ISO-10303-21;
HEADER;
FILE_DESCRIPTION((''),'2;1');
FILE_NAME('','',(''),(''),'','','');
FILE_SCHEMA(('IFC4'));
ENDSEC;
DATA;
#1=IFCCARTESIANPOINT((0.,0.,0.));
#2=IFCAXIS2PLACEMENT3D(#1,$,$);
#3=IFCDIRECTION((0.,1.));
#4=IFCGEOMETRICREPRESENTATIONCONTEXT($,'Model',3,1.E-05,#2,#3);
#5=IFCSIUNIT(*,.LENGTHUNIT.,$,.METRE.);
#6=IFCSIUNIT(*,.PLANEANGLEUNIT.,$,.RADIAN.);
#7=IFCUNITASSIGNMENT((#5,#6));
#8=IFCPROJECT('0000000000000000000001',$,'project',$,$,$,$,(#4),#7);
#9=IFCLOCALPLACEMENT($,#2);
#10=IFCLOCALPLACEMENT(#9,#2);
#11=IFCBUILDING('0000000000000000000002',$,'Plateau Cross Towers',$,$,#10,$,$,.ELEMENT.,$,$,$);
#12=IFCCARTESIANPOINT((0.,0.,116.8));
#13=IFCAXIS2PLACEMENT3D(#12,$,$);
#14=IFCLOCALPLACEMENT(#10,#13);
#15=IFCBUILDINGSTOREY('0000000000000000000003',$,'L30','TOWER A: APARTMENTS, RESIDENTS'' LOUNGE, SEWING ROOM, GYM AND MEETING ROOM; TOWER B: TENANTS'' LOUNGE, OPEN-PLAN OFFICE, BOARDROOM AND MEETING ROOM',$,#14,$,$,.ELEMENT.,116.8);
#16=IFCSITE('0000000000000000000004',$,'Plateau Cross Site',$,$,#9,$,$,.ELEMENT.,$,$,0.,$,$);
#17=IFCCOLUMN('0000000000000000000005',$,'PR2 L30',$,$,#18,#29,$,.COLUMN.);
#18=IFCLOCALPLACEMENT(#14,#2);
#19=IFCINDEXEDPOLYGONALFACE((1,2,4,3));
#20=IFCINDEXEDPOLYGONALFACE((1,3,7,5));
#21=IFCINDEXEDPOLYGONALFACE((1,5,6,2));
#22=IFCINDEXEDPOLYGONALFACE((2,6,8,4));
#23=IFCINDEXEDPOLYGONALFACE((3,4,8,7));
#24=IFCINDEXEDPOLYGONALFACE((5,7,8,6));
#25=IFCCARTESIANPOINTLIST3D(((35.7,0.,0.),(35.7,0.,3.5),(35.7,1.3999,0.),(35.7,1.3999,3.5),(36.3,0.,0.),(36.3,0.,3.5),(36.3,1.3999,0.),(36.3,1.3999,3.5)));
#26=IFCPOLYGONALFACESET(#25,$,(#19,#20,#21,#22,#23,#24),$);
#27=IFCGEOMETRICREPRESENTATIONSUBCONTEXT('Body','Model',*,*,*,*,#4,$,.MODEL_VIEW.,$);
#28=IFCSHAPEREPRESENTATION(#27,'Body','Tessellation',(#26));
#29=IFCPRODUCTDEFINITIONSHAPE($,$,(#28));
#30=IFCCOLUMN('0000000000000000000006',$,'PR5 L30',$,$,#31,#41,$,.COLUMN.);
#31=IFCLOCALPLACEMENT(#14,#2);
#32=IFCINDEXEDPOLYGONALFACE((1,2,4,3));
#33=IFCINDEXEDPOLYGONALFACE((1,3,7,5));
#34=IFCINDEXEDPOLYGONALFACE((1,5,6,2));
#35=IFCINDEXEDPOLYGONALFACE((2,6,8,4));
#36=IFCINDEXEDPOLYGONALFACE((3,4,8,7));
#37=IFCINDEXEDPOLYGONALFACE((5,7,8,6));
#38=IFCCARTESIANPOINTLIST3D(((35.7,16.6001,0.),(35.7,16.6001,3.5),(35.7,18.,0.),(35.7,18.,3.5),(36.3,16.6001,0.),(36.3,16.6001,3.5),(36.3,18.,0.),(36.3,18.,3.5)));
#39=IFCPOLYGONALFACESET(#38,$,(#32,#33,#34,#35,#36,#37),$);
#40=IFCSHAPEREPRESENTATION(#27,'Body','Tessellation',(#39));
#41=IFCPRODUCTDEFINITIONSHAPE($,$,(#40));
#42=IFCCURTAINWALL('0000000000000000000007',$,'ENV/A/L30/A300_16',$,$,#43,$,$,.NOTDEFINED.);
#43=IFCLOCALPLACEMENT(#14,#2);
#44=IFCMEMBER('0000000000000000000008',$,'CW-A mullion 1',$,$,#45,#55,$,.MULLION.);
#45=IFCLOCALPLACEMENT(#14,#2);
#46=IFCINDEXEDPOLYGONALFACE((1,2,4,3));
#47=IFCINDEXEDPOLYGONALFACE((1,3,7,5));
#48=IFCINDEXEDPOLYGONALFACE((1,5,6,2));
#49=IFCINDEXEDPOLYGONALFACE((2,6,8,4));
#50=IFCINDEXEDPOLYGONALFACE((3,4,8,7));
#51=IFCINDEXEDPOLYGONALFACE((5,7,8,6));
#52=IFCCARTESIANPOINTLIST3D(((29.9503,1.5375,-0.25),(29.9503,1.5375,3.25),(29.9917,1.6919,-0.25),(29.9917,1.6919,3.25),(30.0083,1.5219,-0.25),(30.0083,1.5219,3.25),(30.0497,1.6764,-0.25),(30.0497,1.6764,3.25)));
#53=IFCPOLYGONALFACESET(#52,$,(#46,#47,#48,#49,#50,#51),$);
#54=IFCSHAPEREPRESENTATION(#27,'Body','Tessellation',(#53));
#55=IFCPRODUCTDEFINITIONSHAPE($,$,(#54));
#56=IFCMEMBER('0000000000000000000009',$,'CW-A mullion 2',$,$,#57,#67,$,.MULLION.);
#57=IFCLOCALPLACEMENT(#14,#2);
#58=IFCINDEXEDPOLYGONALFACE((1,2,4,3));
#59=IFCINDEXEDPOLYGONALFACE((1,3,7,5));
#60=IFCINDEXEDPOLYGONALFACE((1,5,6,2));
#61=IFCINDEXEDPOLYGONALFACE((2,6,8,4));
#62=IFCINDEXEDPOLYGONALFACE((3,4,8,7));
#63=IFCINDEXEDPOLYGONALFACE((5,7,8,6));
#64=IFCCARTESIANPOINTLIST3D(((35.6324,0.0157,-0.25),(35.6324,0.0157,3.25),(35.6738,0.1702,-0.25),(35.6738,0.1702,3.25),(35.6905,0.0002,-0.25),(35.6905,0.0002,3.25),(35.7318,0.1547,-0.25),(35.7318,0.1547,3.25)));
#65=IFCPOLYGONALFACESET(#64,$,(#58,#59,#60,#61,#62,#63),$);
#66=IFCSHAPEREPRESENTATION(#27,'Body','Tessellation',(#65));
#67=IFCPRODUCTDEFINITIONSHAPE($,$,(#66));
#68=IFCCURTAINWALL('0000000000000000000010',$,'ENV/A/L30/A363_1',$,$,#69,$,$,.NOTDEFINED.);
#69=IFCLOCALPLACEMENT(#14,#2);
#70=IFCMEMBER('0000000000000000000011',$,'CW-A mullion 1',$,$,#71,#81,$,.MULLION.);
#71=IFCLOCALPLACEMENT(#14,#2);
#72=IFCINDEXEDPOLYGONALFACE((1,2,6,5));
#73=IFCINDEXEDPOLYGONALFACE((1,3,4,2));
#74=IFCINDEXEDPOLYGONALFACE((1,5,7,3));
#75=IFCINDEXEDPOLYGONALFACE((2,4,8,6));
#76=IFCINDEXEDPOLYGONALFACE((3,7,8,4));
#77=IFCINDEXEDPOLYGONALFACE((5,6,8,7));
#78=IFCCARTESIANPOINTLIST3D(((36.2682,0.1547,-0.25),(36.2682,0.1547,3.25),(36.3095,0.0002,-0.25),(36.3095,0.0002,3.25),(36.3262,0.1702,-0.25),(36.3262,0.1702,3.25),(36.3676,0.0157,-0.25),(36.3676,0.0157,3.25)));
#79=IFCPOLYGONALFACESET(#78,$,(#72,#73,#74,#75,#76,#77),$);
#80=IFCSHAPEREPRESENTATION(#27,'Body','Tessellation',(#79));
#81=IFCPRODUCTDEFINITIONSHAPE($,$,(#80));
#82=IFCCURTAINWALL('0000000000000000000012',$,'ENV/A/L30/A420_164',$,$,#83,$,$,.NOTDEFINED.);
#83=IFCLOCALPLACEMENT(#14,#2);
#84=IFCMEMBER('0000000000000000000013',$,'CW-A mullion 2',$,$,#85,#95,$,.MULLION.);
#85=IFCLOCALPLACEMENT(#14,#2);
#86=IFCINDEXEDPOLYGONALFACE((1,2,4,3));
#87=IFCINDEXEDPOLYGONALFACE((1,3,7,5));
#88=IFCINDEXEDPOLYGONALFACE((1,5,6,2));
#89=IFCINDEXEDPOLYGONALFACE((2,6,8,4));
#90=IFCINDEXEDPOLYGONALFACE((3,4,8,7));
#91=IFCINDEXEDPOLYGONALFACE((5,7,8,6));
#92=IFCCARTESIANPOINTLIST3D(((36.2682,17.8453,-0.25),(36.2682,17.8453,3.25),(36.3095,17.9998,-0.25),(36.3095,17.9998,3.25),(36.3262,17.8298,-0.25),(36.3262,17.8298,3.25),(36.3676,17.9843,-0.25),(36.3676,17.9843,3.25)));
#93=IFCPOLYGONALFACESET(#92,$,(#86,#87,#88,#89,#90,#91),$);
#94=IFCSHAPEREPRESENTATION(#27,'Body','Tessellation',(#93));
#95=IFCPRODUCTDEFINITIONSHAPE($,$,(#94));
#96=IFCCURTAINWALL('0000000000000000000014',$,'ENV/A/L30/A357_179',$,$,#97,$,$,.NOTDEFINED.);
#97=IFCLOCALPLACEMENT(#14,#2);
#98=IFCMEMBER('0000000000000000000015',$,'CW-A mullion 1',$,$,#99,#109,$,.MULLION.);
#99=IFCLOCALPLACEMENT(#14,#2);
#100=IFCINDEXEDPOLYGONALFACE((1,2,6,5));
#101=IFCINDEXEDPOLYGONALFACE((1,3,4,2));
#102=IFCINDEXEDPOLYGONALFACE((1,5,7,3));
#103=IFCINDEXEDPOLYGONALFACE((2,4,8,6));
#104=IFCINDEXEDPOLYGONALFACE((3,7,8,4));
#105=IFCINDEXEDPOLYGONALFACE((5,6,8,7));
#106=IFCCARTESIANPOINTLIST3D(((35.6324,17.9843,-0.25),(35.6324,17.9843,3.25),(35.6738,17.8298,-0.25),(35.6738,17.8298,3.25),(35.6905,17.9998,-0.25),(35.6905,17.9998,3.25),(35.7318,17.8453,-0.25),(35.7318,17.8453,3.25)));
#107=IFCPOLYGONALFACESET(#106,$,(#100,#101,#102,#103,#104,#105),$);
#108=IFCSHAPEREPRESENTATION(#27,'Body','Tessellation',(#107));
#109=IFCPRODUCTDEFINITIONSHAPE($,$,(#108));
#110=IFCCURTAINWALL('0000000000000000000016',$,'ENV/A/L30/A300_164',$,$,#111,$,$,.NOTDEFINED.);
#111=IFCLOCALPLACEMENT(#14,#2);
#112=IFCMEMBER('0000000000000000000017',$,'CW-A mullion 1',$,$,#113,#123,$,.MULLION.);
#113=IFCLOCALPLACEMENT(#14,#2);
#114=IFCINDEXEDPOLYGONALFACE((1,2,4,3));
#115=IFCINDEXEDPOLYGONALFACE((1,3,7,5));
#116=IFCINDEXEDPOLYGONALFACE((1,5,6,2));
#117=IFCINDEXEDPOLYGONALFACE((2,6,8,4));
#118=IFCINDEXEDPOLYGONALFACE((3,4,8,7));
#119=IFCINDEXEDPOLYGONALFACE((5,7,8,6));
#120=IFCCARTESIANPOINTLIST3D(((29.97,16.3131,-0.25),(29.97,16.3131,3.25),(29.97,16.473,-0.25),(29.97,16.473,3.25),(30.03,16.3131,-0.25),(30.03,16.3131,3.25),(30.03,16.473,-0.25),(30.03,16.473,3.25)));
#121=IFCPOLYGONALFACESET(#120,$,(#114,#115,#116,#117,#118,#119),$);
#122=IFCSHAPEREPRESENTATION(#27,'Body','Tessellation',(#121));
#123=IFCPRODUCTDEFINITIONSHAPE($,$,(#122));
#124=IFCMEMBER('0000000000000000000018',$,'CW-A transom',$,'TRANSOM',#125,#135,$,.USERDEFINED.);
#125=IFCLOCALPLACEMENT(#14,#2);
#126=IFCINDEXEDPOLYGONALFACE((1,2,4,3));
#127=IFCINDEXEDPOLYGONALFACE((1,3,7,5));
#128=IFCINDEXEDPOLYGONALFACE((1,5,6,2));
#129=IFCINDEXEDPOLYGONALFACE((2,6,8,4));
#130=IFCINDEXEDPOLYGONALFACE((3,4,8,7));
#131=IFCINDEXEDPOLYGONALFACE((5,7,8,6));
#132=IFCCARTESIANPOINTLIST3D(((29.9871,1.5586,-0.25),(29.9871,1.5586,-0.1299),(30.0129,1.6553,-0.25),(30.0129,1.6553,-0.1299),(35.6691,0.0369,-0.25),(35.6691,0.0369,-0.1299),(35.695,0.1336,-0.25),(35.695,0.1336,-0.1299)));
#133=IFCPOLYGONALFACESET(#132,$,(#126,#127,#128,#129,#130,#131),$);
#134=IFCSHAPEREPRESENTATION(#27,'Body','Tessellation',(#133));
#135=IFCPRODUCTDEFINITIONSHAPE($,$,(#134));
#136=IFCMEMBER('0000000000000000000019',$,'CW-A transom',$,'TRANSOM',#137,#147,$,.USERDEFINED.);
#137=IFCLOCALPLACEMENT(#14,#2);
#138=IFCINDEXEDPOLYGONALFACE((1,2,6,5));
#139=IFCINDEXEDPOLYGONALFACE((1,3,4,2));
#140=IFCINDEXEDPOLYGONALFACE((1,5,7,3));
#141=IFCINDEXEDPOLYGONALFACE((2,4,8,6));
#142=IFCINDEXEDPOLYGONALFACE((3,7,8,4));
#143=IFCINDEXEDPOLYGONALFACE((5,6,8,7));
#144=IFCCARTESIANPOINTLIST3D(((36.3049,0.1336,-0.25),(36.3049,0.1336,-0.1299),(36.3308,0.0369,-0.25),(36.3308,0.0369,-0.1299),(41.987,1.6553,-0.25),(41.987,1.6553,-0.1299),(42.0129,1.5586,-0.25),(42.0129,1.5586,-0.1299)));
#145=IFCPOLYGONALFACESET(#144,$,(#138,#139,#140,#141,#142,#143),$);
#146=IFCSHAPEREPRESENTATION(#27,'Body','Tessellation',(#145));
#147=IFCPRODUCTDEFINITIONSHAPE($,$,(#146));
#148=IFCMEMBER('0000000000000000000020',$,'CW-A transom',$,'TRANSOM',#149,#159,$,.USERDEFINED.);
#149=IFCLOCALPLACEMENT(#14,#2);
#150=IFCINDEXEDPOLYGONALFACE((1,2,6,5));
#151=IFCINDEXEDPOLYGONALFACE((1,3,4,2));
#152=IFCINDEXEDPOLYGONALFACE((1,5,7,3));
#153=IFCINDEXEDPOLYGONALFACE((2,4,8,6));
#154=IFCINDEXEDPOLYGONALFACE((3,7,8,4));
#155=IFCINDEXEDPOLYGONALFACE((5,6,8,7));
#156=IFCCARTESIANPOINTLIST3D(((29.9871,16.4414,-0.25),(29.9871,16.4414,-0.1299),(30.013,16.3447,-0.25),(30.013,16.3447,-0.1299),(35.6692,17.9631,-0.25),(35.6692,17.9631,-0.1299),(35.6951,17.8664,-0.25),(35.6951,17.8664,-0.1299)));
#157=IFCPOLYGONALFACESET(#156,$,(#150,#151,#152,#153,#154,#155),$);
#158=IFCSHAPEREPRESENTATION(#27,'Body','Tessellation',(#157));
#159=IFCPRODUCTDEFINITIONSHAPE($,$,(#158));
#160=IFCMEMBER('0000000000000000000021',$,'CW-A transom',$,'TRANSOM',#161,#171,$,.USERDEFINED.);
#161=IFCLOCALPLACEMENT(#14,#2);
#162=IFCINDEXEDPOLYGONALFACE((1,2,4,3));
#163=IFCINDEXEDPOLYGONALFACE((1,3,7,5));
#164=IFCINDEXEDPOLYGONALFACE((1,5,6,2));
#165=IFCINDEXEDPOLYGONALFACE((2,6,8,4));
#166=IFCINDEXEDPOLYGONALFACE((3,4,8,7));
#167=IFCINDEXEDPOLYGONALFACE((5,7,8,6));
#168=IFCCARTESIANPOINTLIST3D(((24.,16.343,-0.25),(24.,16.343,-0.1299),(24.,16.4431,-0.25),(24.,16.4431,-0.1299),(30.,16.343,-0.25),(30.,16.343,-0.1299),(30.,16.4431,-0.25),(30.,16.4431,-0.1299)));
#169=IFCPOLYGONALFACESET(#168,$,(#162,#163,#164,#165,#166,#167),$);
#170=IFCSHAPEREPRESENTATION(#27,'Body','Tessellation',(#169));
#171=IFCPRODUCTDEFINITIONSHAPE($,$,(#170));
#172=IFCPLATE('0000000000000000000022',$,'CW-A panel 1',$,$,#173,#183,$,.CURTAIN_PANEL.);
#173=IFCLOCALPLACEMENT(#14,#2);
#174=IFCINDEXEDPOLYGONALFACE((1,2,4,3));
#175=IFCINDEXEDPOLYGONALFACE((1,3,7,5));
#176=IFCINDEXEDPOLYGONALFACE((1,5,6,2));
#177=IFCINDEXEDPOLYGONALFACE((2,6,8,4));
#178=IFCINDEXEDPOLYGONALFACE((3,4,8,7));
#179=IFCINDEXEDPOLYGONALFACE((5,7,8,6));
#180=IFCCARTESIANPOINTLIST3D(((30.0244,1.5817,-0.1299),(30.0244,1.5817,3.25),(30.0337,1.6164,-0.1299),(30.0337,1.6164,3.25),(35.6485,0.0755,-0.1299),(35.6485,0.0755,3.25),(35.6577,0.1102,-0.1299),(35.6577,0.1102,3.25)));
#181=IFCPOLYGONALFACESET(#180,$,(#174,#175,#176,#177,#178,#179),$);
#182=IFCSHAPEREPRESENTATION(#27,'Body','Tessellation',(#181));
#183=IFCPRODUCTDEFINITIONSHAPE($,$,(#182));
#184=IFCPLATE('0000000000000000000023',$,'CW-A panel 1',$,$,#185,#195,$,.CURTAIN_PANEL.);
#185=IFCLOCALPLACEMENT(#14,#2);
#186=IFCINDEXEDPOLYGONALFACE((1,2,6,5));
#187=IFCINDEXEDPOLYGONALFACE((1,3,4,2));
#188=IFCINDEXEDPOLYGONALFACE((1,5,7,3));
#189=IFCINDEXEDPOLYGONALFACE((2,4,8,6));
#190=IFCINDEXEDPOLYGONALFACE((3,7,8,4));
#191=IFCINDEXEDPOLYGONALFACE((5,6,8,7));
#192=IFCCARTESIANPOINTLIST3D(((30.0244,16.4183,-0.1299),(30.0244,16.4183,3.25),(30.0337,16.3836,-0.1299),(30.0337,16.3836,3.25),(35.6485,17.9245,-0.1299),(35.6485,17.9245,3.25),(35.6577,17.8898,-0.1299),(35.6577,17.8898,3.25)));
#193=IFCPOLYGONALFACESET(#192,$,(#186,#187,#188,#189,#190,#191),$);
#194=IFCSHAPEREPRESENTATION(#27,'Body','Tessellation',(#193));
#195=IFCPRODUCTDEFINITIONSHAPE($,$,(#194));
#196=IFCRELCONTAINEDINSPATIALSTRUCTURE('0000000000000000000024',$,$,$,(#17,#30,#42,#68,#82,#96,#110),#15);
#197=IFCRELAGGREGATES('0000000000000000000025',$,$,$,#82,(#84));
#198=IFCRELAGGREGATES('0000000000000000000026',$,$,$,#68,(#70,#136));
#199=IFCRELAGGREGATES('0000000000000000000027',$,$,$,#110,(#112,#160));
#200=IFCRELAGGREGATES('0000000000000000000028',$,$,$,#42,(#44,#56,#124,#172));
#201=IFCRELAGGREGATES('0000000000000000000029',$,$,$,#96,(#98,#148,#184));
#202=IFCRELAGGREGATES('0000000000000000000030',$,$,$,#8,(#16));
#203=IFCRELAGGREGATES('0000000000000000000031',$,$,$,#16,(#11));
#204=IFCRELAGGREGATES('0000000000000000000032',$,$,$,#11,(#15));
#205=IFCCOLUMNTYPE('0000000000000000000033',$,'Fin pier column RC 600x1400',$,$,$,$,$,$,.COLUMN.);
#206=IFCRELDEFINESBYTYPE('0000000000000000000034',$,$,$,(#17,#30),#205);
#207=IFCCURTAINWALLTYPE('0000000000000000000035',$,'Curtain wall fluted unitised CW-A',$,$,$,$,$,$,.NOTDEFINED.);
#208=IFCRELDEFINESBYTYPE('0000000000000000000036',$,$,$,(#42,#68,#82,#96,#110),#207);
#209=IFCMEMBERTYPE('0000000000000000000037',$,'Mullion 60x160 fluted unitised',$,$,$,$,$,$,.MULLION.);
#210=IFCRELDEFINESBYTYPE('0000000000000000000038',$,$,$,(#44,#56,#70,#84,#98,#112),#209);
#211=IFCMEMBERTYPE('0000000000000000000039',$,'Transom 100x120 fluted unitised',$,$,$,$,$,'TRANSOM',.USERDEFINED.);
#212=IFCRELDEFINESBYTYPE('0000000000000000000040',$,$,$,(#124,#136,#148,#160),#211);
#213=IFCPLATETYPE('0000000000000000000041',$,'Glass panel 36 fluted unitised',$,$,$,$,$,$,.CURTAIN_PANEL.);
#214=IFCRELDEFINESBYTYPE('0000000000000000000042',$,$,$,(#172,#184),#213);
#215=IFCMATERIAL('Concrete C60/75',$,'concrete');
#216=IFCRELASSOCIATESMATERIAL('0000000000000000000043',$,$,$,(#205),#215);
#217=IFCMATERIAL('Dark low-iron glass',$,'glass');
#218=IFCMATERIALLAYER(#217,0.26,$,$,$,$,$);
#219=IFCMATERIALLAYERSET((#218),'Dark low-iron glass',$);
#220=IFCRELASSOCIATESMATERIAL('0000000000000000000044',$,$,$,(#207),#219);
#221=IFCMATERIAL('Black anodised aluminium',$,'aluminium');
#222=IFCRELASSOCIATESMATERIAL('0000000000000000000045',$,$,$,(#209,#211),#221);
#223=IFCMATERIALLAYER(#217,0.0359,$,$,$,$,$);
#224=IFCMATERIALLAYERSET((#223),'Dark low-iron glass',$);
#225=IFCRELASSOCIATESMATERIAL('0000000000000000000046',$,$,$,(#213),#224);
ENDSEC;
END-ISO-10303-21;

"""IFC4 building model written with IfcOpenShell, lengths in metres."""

from ifc_helpers import new_model, si_unit, direction, frame, origin, origin_2d, place, context, subcontext, project, spatial, rectangle, extrude, material, layer, layer_set, material_profile, profile_set, type_object, element, aggregate, save


model = new_model("IFC4")

# Units and contexts
model_context = context("Model", 3, precision=1e-05, world=origin(), true_north=direction((0.0, 1.0)))
body_context = subcontext(model_context, "Body", "Model", "MODEL_VIEW")
ifc_project = project(units=[si_unit("LENGTHUNIT", "METRE"), si_unit("PLANEANGLEUNIT", "RADIAN")], contexts=[model_context])

# Site, building, storey
site_placement = place(None, origin())
site = spatial("IfcSite", under=ifc_project, at=site_placement, Name="Plateau Cross Site", CompositionType="ELEMENT", RefElevation=0.0)
building_placement = place(site_placement, origin())
building = spatial("IfcBuilding", under=site, at=building_placement, Name="Plateau Cross Towers", CompositionType="ELEMENT")
storey_placement = place(building_placement, frame((0.0, 0.0, 116.8)))
storey = spatial("IfcBuildingStorey", under=building, at=storey_placement, Name="L30", Description="TOWER A: APARTMENTS, RESIDENTS' LOUNGE, SEWING ROOM, GYM AND MEETING ROOM; TOWER B: TENANTS' LOUNGE, OPEN-PLAN OFFICE, BOARDROOM AND MEETING ROOM", CompositionType="ELEMENT", Elevation=116.8)

# Columns
ifc_material_1 = material(Name="Concrete C60/75", Category="concrete")
ifc_material_profile_1 = material_profile(ifc_material_1, rectangle(XDim=0.6001, YDim=1.3999, at=origin_2d()), Name="RC 600x1400")
ifc_profile_set_1 = profile_set([ifc_material_profile_1], Name="Concrete C60/75")
column_type = type_object("IfcColumnType", Name="Fin pier column RC 600x1400", PredefinedType="COLUMN", material=ifc_profile_set_1)
for number, where, z_axis, x_axis, name in (
    (1, (36.0, 0.7, 0.0), (0.0, 0.0, 1.0), (1.0, 0.0, 0.0), "PR2 L30"),
    (2, (36.0, 17.3, 0.0), (0.0, 0.0, 1.0), (1.0, 0.0, 0.0), "PR5 L30"),
):
    element("IfcColumn", number, at=place(storey_placement, frame(where, z_axis=z_axis, x_axis=x_axis)), inside=storey, type_object=column_type, Name=name, PredefinedType="COLUMN", context=body_context, shape_type="SweptSolid", body=[
        extrude(rectangle(XDim=0.6001, YDim=1.3999, at=origin_2d()), origin(), (0.0, 0.0, 1.0), 3.5),
    ])

# Curtain wall, members
ifc_material_2 = material(Name="Dark low-iron glass", Category="glass")
ifc_layer_1 = layer(ifc_material_2, 0.26)
ifc_layer_set_1 = layer_set([ifc_layer_1], Name="Dark low-iron glass")
curtain_wall_type = type_object("IfcCurtainWallType", Name="Curtain wall fluted unitised CW-A", PredefinedType="NOTDEFINED", material=ifc_layer_set_1)
curtain_wall_1_placement = place(storey_placement, origin())
curtain_wall_1 = element("IfcCurtainWall", 3, at=curtain_wall_1_placement, inside=storey, type_object=curtain_wall_type, Name="ENV/A/L30/A300_16", PredefinedType="NOTDEFINED")
ifc_material_3 = material(Name="Black anodised aluminium", Category="aluminium")
ifc_material_profile_2 = material_profile(ifc_material_3, rectangle(XDim=0.0601, YDim=0.1599, at=origin_2d()), Name="MULLION 60x160")
ifc_profile_set_2 = profile_set([ifc_material_profile_2], Name="Black anodised aluminium")
member_type_1 = type_object("IfcMemberType", Name="Mullion 60x160 fluted unitised", PredefinedType="MULLION", material=ifc_profile_set_2)
member_1_placement = place(storey_placement, frame((30.0, 1.6069, -0.25), z_axis=(0.0, 0.0, 1.0), x_axis=(0.965958, -0.258699, 0.0)))
member_1 = element("IfcMember", 4, at=member_1_placement, type_object=member_type_1, Name="CW-A mullion 1", PredefinedType="MULLION", context=body_context, shape_type="SweptSolid", body=[
    extrude(rectangle(XDim=0.0601, YDim=0.1599, at=origin_2d()), origin(), (0.0, 0.0, 1.0), 3.5),
])
member_2_placement = place(storey_placement, frame((35.6821, 0.0852, -0.25), z_axis=(0.0, 0.0, 1.0), x_axis=(0.965958, -0.258699, 0.0)))
member_2 = element("IfcMember", 5, at=member_2_placement, type_object=member_type_1, Name="CW-A mullion 2", PredefinedType="MULLION", context=body_context, shape_type="SweptSolid", body=[
    extrude(rectangle(XDim=0.0601, YDim=0.1599, at=origin_2d()), origin(), (0.0, 0.0, 1.0), 3.5),
])

# Curtain walls, members
curtain_wall_2_placement = place(storey_placement, origin())
curtain_wall_2 = element("IfcCurtainWall", 6, at=curtain_wall_2_placement, inside=storey, type_object=curtain_wall_type, Name="ENV/A/L30/A363_1", PredefinedType="NOTDEFINED")
member_3_placement = place(storey_placement, frame((36.3179, 0.0852, -0.25), z_axis=(0.0, 0.0, 1.0), x_axis=(0.965958, 0.258699, 0.0)))
member_3 = element("IfcMember", 7, at=member_3_placement, type_object=member_type_1, Name="CW-A mullion 1", PredefinedType="MULLION", context=body_context, shape_type="SweptSolid", body=[
    extrude(rectangle(XDim=0.0601, YDim=0.1599, at=origin_2d()), origin(), (0.0, 0.0, 1.0), 3.5),
])
curtain_wall_3_placement = place(storey_placement, origin())
curtain_wall_3 = element("IfcCurtainWall", 8, at=curtain_wall_3_placement, inside=storey, type_object=curtain_wall_type, Name="ENV/A/L30/A420_164", PredefinedType="NOTDEFINED")
member_4_placement = place(storey_placement, frame((36.3179, 17.9148, -0.25), z_axis=(0.0, 0.0, 1.0), x_axis=(-0.965958, 0.258699, 0.0)))
member_4 = element("IfcMember", 9, at=member_4_placement, type_object=member_type_1, Name="CW-A mullion 2", PredefinedType="MULLION", context=body_context, shape_type="SweptSolid", body=[
    extrude(rectangle(XDim=0.0601, YDim=0.1599, at=origin_2d()), origin(), (0.0, 0.0, 1.0), 3.5),
])
aggregate(curtain_wall_3, [member_4])
curtain_wall_4_placement = place(storey_placement, origin())
curtain_wall_4 = element("IfcCurtainWall", 10, at=curtain_wall_4_placement, inside=storey, type_object=curtain_wall_type, Name="ENV/A/L30/A357_179", PredefinedType="NOTDEFINED")
member_5_placement = place(storey_placement, frame((35.6821, 17.9148, -0.25), z_axis=(0.0, 0.0, 1.0), x_axis=(-0.965958, -0.258699, 0.0)))
member_5 = element("IfcMember", 11, at=member_5_placement, type_object=member_type_1, Name="CW-A mullion 1", PredefinedType="MULLION", context=body_context, shape_type="SweptSolid", body=[
    extrude(rectangle(XDim=0.0601, YDim=0.1599, at=origin_2d()), origin(), (0.0, 0.0, 1.0), 3.5),
])
curtain_wall_5_placement = place(storey_placement, origin())
curtain_wall_5 = element("IfcCurtainWall", 12, at=curtain_wall_5_placement, inside=storey, type_object=curtain_wall_type, Name="ENV/A/L30/A300_164", PredefinedType="NOTDEFINED")
member_6_placement = place(storey_placement, frame((30.0, 16.3931, -0.25), z_axis=(0.0, 0.0, 1.0), x_axis=(-1.0, 0.0, 0.0)))
member_6 = element("IfcMember", 13, at=member_6_placement, type_object=member_type_1, Name="CW-A mullion 1", PredefinedType="MULLION", context=body_context, shape_type="SweptSolid", body=[
    extrude(rectangle(XDim=0.0601, YDim=0.1599, at=origin_2d()), origin(), (0.0, 0.0, 1.0), 3.5),
])

# Members
ifc_material_profile_3 = material_profile(ifc_material_3, rectangle(XDim=0.1001, YDim=0.1201, at=origin_2d()), Name="TRANSOM 100x120")
ifc_profile_set_3 = profile_set([ifc_material_profile_3], Name="Black anodised aluminium")
member_type_2 = type_object("IfcMemberType", Name="Transom 100x120 fluted unitised", ElementType="TRANSOM", PredefinedType="USERDEFINED", material=ifc_profile_set_3)
member_7_placement = place(storey_placement, frame((30.0, 1.6069, -0.1899), z_axis=(0.96596, -0.258693, 0.0), x_axis=(0.258693, 0.96596, 0.0)))
member_7 = element("IfcMember", 14, at=member_7_placement, type_object=member_type_2, Name="CW-A transom", ObjectType="TRANSOM", PredefinedType="USERDEFINED", context=body_context, shape_type="SweptSolid", body=[
    extrude(rectangle(XDim=0.1001, YDim=0.1201, at=origin_2d()), origin(), (0.0, 0.0, 1.0), 5.8823),
])
member_8_placement = place(storey_placement, frame((36.3179, 0.0852, -0.1899), z_axis=(0.96596, 0.258693, 0.0), x_axis=(-0.258693, 0.96596, 0.0)))
member_8 = element("IfcMember", 15, at=member_8_placement, type_object=member_type_2, Name="CW-A transom", ObjectType="TRANSOM", PredefinedType="USERDEFINED", context=body_context, shape_type="SweptSolid", body=[
    extrude(rectangle(XDim=0.1001, YDim=0.1201, at=origin_2d()), origin(), (0.0, 0.0, 1.0), 5.8823),
])
aggregate(curtain_wall_2, [member_3, member_8])
member_9_placement = place(storey_placement, frame((35.6821, 17.9148, -0.1899), z_axis=(-0.96596, -0.258693, 0.0), x_axis=(0.258693, -0.96596, 0.0)))
member_9 = element("IfcMember", 16, at=member_9_placement, type_object=member_type_2, Name="CW-A transom", ObjectType="TRANSOM", PredefinedType="USERDEFINED", context=body_context, shape_type="SweptSolid", body=[
    extrude(rectangle(XDim=0.1001, YDim=0.1201, at=origin_2d()), origin(), (0.0, 0.0, 1.0), 5.8823),
])
member_10_placement = place(storey_placement, frame((30.0, 16.3931, -0.1899), z_axis=(-1.0, 0.0, 0.0), x_axis=(0.0, -1.0, 0.0)))
member_10 = element("IfcMember", 17, at=member_10_placement, type_object=member_type_2, Name="CW-A transom", ObjectType="TRANSOM", PredefinedType="USERDEFINED", context=body_context, shape_type="SweptSolid", body=[
    extrude(rectangle(XDim=0.1001, YDim=0.1201, at=origin_2d()), origin(), (0.0, 0.0, 1.0), 6.0),
])
aggregate(curtain_wall_5, [member_6, member_10])

# Plates
ifc_layer_2 = layer(ifc_material_2, 0.0359)
ifc_layer_set_2 = layer_set([ifc_layer_2], Name="Dark low-iron glass")
plate_type = type_object("IfcPlateType", Name="Glass panel 36 fluted unitised", PredefinedType="CURTAIN_PANEL", material=ifc_layer_set_2)
plate_1_placement = place(storey_placement, frame((32.8411, 0.8459, -0.1299), z_axis=(0.0, 0.0, 1.0), x_axis=(0.965958, -0.258699, 0.0)))
plate_1 = element("IfcPlate", 18, at=plate_1_placement, type_object=plate_type, Name="CW-A panel 1", PredefinedType="CURTAIN_PANEL", context=body_context, shape_type="SweptSolid", body=[
    extrude(rectangle(XDim=5.8223, YDim=0.0359, at=origin_2d()), origin(), (0.0, 0.0, 1.0), 3.3799),
])
aggregate(curtain_wall_1, [member_1, member_2, member_7, plate_1])
plate_2_placement = place(storey_placement, frame((32.8411, 17.1541, -0.1299), z_axis=(0.0, 0.0, 1.0), x_axis=(-0.965958, -0.258699, 0.0)))
plate_2 = element("IfcPlate", 19, at=plate_2_placement, type_object=plate_type, Name="CW-A panel 1", PredefinedType="CURTAIN_PANEL", context=body_context, shape_type="SweptSolid", body=[
    extrude(rectangle(XDim=5.8223, YDim=0.0359, at=origin_2d()), origin(), (0.0, 0.0, 1.0), 3.3799),
])
aggregate(curtain_wall_4, [member_5, member_9, plate_2])

save(model, "model.ifc")
